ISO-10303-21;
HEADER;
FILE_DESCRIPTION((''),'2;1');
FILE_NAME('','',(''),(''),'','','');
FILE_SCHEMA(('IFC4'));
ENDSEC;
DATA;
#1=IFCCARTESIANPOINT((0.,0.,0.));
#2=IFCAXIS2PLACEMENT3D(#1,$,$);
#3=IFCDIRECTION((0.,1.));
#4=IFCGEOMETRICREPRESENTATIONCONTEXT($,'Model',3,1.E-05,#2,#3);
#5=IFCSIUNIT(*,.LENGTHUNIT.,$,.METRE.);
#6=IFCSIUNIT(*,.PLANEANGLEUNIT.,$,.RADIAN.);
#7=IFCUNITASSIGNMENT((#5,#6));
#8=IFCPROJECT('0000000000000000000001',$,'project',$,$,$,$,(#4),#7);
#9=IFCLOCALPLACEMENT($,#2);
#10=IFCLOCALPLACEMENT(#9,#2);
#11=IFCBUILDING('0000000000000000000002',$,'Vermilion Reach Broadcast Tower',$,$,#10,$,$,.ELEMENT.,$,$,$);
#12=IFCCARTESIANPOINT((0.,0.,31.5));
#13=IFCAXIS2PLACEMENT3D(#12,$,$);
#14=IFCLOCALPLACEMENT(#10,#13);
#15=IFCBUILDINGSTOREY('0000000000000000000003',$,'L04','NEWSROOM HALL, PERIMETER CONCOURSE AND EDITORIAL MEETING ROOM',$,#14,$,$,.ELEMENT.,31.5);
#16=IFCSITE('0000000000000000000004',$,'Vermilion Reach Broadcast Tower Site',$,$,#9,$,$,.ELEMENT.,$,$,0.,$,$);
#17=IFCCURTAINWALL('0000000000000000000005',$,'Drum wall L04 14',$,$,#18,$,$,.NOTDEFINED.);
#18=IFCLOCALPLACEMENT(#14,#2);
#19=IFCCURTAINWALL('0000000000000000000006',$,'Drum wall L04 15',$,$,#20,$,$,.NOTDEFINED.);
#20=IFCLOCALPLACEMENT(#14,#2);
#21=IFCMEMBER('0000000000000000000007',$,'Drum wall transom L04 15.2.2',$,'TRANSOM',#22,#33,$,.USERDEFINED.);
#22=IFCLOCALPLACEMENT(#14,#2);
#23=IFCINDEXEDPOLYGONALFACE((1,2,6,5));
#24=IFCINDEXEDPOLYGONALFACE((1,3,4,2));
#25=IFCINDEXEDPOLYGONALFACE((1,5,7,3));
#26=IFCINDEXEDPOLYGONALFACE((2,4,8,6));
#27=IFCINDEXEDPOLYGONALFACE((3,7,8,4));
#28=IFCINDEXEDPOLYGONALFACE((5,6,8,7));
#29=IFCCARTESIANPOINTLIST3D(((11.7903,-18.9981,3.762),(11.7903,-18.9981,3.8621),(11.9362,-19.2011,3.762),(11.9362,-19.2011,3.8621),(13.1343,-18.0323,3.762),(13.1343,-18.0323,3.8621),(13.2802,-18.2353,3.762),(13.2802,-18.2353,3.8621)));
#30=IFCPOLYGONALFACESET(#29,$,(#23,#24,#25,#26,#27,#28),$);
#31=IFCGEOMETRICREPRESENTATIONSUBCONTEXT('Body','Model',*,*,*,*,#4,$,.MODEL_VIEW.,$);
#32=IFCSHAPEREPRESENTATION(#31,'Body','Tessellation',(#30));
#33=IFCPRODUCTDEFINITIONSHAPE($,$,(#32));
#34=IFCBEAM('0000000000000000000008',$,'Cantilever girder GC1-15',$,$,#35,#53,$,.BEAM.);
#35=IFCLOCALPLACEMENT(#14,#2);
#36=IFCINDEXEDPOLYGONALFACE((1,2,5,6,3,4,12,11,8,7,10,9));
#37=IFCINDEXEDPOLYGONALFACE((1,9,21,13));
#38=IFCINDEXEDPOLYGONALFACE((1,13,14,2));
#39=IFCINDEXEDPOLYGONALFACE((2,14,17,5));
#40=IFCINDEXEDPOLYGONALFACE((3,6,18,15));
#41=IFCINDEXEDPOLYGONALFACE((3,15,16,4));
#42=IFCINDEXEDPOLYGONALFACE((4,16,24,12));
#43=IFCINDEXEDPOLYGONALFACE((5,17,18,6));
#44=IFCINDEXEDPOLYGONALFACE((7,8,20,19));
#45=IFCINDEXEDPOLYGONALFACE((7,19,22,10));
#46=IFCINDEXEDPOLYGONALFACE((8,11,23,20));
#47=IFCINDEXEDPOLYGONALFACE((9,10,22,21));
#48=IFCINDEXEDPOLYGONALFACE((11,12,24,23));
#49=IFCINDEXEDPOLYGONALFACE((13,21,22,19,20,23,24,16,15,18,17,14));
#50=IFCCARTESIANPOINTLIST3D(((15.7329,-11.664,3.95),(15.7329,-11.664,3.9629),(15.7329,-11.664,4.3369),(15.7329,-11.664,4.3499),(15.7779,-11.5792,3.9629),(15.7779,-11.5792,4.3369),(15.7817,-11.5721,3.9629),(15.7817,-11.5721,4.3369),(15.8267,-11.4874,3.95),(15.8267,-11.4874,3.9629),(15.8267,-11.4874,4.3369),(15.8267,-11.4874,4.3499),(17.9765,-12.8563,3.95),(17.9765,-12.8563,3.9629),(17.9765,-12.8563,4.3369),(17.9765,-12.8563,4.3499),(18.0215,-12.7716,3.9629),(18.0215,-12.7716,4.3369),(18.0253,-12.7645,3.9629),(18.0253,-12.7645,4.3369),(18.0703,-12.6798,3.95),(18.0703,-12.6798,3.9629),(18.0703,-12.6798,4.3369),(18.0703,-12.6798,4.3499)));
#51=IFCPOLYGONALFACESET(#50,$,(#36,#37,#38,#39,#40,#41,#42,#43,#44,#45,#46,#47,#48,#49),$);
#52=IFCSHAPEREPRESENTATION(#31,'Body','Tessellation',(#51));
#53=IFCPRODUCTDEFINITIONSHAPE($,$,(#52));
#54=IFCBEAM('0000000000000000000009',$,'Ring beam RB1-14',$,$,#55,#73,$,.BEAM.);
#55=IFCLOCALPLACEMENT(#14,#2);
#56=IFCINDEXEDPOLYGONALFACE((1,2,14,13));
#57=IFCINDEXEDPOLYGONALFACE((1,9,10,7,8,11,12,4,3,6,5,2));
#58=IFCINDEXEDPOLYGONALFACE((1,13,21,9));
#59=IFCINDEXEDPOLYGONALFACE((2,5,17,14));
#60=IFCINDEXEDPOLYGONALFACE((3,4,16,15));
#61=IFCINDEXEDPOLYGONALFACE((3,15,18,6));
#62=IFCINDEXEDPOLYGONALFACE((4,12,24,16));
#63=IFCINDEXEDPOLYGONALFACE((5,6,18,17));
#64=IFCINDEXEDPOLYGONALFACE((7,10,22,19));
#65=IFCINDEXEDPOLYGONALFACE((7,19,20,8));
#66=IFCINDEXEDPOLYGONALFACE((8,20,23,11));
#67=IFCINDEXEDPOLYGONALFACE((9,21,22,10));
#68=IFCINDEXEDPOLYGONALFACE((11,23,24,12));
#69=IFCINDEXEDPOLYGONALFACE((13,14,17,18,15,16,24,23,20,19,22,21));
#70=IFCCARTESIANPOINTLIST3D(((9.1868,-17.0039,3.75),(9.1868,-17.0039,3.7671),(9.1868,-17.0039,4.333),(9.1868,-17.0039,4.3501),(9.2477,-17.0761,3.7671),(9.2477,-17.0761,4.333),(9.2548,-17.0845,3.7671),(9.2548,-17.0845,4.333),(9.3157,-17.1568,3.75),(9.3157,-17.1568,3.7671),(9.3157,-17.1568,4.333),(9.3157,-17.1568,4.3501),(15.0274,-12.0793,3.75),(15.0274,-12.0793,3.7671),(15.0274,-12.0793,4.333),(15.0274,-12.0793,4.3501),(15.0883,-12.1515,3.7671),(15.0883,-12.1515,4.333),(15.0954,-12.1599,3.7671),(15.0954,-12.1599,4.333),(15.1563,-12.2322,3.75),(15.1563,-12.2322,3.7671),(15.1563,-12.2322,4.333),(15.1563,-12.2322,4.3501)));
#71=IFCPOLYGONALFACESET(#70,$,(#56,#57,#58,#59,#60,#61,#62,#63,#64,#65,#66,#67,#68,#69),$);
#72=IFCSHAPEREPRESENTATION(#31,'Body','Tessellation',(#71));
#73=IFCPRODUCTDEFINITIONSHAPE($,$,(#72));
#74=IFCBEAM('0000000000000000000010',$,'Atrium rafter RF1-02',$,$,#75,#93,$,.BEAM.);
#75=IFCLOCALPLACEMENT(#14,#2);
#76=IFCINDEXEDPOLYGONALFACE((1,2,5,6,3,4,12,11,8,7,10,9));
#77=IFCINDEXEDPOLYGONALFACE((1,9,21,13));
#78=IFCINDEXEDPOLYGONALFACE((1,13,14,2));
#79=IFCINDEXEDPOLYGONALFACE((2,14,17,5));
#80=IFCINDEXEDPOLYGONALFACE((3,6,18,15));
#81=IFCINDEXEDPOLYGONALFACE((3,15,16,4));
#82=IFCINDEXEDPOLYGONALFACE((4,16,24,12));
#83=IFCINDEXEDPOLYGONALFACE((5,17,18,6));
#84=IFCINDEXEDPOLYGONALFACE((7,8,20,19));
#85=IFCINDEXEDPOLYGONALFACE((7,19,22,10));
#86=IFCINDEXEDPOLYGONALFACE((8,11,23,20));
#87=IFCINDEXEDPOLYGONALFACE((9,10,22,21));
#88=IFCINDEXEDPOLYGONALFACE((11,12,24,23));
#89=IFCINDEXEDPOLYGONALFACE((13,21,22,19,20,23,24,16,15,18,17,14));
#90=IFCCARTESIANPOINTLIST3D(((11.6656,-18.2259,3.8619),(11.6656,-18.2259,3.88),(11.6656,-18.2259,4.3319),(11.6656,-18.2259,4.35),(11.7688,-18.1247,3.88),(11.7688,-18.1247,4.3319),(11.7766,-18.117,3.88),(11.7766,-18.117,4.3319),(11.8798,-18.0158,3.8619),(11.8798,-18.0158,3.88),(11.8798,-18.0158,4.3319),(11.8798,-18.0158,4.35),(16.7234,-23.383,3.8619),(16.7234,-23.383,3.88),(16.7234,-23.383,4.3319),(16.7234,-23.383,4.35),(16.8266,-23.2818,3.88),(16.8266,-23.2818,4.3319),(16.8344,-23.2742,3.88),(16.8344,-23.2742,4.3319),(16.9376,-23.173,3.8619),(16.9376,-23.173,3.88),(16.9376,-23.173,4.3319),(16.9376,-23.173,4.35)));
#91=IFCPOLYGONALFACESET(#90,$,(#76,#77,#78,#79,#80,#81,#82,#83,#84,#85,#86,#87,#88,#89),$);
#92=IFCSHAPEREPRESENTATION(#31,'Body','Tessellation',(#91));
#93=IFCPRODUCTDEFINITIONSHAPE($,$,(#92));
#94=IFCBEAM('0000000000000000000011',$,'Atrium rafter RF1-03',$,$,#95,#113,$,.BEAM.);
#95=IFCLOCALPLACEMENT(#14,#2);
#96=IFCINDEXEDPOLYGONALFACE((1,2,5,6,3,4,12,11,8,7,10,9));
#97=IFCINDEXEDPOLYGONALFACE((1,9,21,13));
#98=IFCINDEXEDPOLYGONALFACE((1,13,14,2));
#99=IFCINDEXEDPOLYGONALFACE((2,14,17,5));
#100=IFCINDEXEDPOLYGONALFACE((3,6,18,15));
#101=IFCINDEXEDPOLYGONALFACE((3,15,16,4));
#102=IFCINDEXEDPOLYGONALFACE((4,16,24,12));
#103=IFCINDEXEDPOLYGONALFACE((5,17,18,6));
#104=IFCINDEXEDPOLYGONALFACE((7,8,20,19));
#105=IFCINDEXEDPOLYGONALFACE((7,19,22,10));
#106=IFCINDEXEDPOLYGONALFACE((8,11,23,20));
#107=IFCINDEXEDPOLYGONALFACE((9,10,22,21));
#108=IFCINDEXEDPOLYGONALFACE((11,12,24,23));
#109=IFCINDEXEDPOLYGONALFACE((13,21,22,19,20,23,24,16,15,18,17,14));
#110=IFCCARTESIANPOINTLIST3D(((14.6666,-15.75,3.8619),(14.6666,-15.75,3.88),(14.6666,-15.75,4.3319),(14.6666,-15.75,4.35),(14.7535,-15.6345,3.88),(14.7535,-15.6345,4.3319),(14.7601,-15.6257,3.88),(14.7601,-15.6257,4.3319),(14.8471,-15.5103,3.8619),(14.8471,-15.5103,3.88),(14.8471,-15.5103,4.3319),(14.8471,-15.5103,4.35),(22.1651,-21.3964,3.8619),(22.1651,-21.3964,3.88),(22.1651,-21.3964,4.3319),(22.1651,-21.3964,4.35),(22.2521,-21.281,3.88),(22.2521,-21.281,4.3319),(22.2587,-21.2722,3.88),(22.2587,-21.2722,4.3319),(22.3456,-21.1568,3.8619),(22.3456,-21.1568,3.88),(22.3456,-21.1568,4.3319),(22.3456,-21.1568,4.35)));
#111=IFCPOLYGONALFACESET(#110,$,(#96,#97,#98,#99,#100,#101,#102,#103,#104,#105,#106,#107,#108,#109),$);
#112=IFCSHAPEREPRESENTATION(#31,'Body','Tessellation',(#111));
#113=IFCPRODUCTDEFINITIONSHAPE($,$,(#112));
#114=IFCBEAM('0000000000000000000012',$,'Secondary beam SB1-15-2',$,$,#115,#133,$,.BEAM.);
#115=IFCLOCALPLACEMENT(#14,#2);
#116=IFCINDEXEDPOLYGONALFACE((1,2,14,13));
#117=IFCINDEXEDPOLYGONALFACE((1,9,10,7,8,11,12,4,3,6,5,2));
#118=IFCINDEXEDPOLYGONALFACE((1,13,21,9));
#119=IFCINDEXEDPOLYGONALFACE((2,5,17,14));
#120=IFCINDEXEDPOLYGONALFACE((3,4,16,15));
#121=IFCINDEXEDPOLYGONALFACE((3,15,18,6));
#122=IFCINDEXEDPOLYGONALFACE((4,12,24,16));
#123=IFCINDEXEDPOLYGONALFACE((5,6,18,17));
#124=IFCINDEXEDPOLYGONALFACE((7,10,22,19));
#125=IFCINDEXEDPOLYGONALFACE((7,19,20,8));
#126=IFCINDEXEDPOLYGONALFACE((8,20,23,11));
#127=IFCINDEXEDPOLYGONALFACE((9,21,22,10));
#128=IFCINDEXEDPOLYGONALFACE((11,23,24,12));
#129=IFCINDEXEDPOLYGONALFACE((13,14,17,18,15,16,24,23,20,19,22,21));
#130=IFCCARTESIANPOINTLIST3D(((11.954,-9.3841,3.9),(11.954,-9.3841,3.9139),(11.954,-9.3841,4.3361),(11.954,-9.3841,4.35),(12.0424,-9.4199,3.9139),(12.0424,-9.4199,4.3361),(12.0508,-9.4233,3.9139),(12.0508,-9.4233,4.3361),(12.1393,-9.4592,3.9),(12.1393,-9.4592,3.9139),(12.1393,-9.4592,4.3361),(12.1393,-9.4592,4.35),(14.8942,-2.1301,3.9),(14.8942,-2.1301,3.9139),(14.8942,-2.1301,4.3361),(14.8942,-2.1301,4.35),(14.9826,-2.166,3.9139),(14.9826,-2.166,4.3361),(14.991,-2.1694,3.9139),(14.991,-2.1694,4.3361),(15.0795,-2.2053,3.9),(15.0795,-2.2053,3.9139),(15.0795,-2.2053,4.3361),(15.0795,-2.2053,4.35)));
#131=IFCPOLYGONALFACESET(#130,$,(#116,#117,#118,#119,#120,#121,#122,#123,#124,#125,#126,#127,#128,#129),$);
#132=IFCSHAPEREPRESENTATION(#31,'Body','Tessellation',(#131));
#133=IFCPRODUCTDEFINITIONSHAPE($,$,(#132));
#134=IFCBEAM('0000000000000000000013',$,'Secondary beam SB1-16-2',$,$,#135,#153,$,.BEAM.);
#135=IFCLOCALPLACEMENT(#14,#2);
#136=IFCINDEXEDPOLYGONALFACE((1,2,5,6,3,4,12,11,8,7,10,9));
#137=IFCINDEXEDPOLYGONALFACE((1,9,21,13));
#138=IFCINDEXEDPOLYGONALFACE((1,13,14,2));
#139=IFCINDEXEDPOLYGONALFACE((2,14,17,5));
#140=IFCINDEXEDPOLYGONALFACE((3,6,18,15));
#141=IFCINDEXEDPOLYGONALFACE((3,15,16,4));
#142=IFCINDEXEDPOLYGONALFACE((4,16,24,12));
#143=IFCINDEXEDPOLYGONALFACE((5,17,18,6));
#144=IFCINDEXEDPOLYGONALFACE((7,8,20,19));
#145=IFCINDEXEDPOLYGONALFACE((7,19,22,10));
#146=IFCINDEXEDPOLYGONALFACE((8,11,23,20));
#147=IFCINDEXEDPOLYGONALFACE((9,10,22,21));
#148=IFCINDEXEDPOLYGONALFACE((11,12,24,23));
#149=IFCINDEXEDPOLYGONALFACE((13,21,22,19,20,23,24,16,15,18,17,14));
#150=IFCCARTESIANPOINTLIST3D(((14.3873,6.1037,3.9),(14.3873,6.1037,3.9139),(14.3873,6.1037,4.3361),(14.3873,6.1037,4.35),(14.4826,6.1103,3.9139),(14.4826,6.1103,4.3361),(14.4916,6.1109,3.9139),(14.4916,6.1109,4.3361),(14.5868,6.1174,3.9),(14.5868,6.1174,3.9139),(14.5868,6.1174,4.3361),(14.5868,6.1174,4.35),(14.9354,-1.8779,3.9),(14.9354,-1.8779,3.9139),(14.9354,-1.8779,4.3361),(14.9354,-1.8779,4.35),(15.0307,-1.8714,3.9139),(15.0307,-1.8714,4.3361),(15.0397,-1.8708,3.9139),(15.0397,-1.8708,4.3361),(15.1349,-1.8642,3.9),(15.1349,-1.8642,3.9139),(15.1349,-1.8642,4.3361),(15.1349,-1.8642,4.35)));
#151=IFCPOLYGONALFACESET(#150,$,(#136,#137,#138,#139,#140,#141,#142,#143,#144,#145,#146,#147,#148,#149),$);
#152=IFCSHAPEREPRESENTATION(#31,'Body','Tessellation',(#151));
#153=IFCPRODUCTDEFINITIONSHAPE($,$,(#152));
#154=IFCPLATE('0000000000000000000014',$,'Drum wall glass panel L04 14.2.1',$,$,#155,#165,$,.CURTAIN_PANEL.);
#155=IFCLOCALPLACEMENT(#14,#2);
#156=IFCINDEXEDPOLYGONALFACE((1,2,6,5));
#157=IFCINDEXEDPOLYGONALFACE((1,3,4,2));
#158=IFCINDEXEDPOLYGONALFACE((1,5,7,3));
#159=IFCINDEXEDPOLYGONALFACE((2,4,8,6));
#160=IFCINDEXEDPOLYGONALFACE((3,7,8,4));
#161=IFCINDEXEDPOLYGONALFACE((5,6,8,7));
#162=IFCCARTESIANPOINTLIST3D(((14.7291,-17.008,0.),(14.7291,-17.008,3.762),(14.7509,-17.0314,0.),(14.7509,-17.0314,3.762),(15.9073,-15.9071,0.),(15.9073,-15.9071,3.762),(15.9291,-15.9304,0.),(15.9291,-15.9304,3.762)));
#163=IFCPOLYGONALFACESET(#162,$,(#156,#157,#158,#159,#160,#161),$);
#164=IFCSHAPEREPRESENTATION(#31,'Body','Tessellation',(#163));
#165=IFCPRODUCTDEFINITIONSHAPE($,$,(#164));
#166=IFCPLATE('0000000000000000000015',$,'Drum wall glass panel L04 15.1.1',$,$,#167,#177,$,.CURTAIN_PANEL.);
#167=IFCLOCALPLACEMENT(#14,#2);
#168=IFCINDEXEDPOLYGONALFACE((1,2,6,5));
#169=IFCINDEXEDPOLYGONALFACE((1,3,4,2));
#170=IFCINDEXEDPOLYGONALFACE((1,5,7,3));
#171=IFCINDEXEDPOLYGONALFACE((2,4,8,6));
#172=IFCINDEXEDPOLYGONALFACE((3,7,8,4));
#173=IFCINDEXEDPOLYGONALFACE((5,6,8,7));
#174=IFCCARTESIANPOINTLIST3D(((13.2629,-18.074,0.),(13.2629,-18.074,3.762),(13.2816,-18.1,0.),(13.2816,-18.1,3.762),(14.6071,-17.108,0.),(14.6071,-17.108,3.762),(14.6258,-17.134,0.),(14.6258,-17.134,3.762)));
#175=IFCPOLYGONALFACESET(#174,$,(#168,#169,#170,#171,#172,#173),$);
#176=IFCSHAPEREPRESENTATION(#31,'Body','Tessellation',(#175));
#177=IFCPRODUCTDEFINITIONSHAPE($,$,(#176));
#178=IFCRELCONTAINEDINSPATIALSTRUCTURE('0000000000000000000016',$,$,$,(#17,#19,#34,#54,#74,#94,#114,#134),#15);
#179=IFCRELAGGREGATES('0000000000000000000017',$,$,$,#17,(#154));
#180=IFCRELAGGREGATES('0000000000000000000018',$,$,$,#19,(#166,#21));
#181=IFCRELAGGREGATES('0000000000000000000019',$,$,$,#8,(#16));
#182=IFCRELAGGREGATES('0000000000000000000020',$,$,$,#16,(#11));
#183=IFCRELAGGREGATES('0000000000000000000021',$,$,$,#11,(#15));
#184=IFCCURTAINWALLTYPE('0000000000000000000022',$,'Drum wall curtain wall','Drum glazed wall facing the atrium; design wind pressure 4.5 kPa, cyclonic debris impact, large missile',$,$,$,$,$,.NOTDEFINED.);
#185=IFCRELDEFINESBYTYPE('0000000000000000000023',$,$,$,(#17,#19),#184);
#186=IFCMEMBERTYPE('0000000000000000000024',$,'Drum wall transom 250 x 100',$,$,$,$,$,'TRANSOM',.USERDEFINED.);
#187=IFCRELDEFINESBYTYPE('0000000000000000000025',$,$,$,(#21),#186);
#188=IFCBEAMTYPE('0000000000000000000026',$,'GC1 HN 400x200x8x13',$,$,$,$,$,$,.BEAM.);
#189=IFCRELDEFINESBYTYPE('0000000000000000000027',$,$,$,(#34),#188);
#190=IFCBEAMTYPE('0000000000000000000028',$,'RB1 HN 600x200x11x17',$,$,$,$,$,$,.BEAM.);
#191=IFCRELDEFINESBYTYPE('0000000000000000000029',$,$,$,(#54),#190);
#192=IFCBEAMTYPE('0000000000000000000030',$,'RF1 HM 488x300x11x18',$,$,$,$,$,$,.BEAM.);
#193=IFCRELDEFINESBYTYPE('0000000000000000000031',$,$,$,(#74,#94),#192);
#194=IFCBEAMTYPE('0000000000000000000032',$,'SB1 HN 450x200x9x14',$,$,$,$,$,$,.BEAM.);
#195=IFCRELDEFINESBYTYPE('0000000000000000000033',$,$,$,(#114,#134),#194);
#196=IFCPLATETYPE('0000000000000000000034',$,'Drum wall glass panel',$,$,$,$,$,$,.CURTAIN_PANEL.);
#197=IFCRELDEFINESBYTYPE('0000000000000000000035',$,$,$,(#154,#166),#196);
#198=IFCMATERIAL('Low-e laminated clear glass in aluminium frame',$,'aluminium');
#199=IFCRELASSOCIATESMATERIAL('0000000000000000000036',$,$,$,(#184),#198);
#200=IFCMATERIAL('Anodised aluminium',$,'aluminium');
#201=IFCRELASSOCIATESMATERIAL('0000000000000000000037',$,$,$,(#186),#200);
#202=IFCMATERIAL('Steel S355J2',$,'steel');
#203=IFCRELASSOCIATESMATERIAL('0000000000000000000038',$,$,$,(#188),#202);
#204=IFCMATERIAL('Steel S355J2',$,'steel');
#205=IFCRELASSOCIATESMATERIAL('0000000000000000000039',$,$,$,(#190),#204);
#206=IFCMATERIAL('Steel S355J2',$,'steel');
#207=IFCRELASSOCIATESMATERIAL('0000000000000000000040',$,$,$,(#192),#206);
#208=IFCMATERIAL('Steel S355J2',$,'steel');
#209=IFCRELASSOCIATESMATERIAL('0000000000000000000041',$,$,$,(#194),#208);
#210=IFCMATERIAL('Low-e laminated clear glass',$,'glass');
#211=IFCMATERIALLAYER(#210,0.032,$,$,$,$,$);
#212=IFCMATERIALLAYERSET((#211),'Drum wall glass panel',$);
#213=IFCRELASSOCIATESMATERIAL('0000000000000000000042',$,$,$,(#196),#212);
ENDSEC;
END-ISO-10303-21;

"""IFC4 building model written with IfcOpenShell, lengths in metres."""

from ifc_helpers import new_model, si_unit, direction, frame, origin, origin_2d, place, context, subcontext, project, spatial, rectangle, i_section, extrude, material, layer, layer_set, material_profile, profile_set, type_object, element, aggregate, save


model = new_model("IFC4")

# Units and contexts
model_context = context("Model", 3, precision=1e-05, world=origin(), true_north=direction((0.0, 1.0)))
body_context = subcontext(model_context, "Body", "Model", "MODEL_VIEW")
ifc_project = project(units=[si_unit("LENGTHUNIT", "METRE"), si_unit("PLANEANGLEUNIT", "RADIAN")], contexts=[model_context])

# Site, building, storey
site_placement = place(None, origin())
site = spatial("IfcSite", under=ifc_project, at=site_placement, Name="Vermilion Reach Broadcast Tower Site", CompositionType="ELEMENT", RefElevation=0.0)
building_placement = place(site_placement, origin())
building = spatial("IfcBuilding", under=site, at=building_placement, Name="Vermilion Reach Broadcast Tower", CompositionType="ELEMENT")
storey_placement = place(building_placement, frame((0.0, 0.0, 31.5)))
storey = spatial("IfcBuildingStorey", under=building, at=storey_placement, Name="L04", Description="NEWSROOM HALL, PERIMETER CONCOURSE AND EDITORIAL MEETING ROOM", CompositionType="ELEMENT", Elevation=31.5)

# Curtain walls
ifc_material_1 = material(Name="Low-e laminated clear glass in aluminium frame", Category="aluminium")
curtain_wall_type = type_object("IfcCurtainWallType", Name="Drum wall curtain wall", Description="Drum glazed wall facing the atrium; design wind pressure 4.5 kPa, cyclonic debris impact, large missile", PredefinedType="NOTDEFINED", material=ifc_material_1)
placement = place(storey_placement, origin())
curtain_wall_1 = element("IfcCurtainWall", 1, at=placement, inside=storey, type_object=curtain_wall_type, Name="Drum wall L04 14", PredefinedType="NOTDEFINED")
curtain_wall_2 = element("IfcCurtainWall", 2, at=placement, inside=storey, type_object=curtain_wall_type, Name="Drum wall L04 15", PredefinedType="NOTDEFINED")

# Member
ifc_material_2 = material(Name="Anodised aluminium", Category="aluminium")
ifc_material_profile_1 = material_profile(ifc_material_2, rectangle(XDim=0.25, YDim=0.1001, at=origin_2d()), Name="Drum wall transom 250 x 100")
ifc_profile_set_1 = profile_set([ifc_material_profile_1], Name="Anodised aluminium")
member_type_1 = type_object("IfcMemberType", Name="Drum wall transom 250 x 100", ElementType="TRANSOM", PredefinedType="USERDEFINED", material=ifc_profile_set_1)
member_1_placement = place(storey_placement, frame((13.2073, -18.1338, 3.812), z_axis=(-0.812066, -0.583566, 0.0), x_axis=(0.583566, -0.812066, 0.0)))
member_1 = element("IfcMember", 3, at=member_1_placement, type_object=member_type_1, Name="Drum wall transom L04 15.2.2", ObjectType="TRANSOM", PredefinedType="USERDEFINED", context=body_context, shape_type="SweptSolid", body=[
    extrude(rectangle(XDim=0.25, YDim=0.1001, at=origin_2d()), origin(), (0.0, 0.0, 1.0), 1.655),
])

# Beams
ifc_material_3 = material(Name="Steel S355J2", Category="steel")
ifc_material_profile_2 = material_profile(ifc_material_3, i_section(OverallWidth=0.2, OverallDepth=0.3999, WebThickness=0.0081, FlangeThickness=0.0129, at=origin_2d()), Name="S355J2 HN 400x200x8x13")
ifc_profile_set_2 = profile_set([ifc_material_profile_2], Name="Steel S355J2")
beam_type_1 = type_object("IfcBeamType", Name="GC1 HN 400x200x8x13", PredefinedType="BEAM", material=ifc_profile_set_2)
beam_1_placement = place(storey_placement, frame((15.7798, -11.5757, 4.1499), z_axis=(0.883044, -0.469291, 0.0), x_axis=(0.469291, 0.883044, 0.0)))
element("IfcBeam", 4, at=beam_1_placement, inside=storey, type_object=beam_type_1, Name="Cantilever girder GC1-15", PredefinedType="BEAM", context=body_context, shape_type="SweptSolid", body=[
    extrude(i_section(OverallWidth=0.2, OverallDepth=0.3999, WebThickness=0.0081, FlangeThickness=0.0129, at=origin_2d()), origin(), (0.0, 0.0, 1.0), 2.5408),
])
ifc_material_4 = material(Name="Steel S355J2", Category="steel")
ifc_material_profile_3 = material_profile(ifc_material_4, i_section(OverallWidth=0.2, OverallDepth=0.6001, WebThickness=0.011, FlangeThickness=0.0171, at=origin_2d()), Name="S355J2 HN 600x200x11x17")
ifc_profile_set_3 = profile_set([ifc_material_profile_3], Name="Steel S355J2")
beam_type_2 = type_object("IfcBeamType", Name="RB1 HN 600x200x11x17", PredefinedType="BEAM", material=ifc_profile_set_3)
beam_2_placement = place(storey_placement, frame((9.2512, -17.0803, 4.05), z_axis=(0.764512, 0.644609, 0.0), x_axis=(-0.644609, 0.764512, 0.0)))
element("IfcBeam", 5, at=beam_2_placement, inside=storey, type_object=beam_type_2, Name="Ring beam RB1-14", PredefinedType="BEAM", context=body_context, shape_type="SweptSolid", body=[
    extrude(i_section(OverallWidth=0.2, OverallDepth=0.6001, WebThickness=0.011, FlangeThickness=0.0171, at=origin_2d()), origin(), (0.0, 0.0, 1.0), 7.6396),
])
ifc_material_5 = material(Name="Steel S355J2", Category="steel")
ifc_material_profile_4 = material_profile(ifc_material_5, i_section(OverallWidth=0.3, OverallDepth=0.488, WebThickness=0.011, FlangeThickness=0.0181, at=origin_2d()), Name="S355J2 HM 488x300x11x18")
ifc_profile_set_4 = profile_set([ifc_material_profile_4], Name="Steel S355J2")
beam_type_3 = type_object("IfcBeamType", Name="RF1 HM 488x300x11x18", PredefinedType="BEAM", material=ifc_profile_set_4)
beam_3_placement = place(storey_placement, frame((11.7727, -18.1208, 4.106), z_axis=(0.700195, -0.713951, 0.0), x_axis=(0.713951, 0.700195, 0.0)))
element("IfcBeam", 6, at=beam_3_placement, inside=storey, type_object=beam_type_3, Name="Atrium rafter RF1-02", PredefinedType="BEAM", context=body_context, shape_type="SweptSolid", body=[
    extrude(i_section(OverallWidth=0.3, OverallDepth=0.488, WebThickness=0.011, FlangeThickness=0.0181, at=origin_2d()), origin(), (0.0, 0.0, 1.0), 7.2234),
])
beam_4_placement = place(storey_placement, frame((14.7568, -15.6301, 4.106), z_axis=(0.798844, -0.601539, 0.0), x_axis=(0.601539, 0.798844, 0.0)))
element("IfcBeam", 7, at=beam_4_placement, inside=storey, type_object=beam_type_3, Name="Atrium rafter RF1-03", PredefinedType="BEAM", context=body_context, shape_type="SweptSolid", body=[
    extrude(i_section(OverallWidth=0.3, OverallDepth=0.488, WebThickness=0.011, FlangeThickness=0.0181, at=origin_2d()), origin(), (0.0, 0.0, 1.0), 9.3867),
])
ifc_material_6 = material(Name="Steel S355J2", Category="steel")
ifc_material_profile_5 = material_profile(ifc_material_6, i_section(OverallWidth=0.2, OverallDepth=0.45, WebThickness=0.009, FlangeThickness=0.0139, at=origin_2d()), Name="S355J2 HN 450x200x9x14")
ifc_profile_set_5 = profile_set([ifc_material_profile_5], Name="Steel S355J2")
beam_type_4 = type_object("IfcBeamType", Name="SB1 HN 450x200x9x14", PredefinedType="BEAM", material=ifc_profile_set_5)
beam_5_placement = place(storey_placement, frame((12.0466, -9.4216, 4.125), z_axis=(0.375641, 0.926765, 0.0), x_axis=(-0.926765, 0.375641, 0.0)))
element("IfcBeam", 8, at=beam_5_placement, inside=storey, type_object=beam_type_4, Name="Secondary beam SB1-15-2", PredefinedType="BEAM", context=body_context, shape_type="SweptSolid", body=[
    extrude(i_section(OverallWidth=0.2, OverallDepth=0.45, WebThickness=0.009, FlangeThickness=0.0139, at=origin_2d()), origin(), (0.0, 0.0, 1.0), 7.8271),
])
beam_6_placement = place(storey_placement, frame((15.0352, -1.8711, 4.125), z_axis=(-0.068508, 0.997651, 0.0), x_axis=(-0.997651, -0.068508, 0.0)))
element("IfcBeam", 9, at=beam_6_placement, inside=storey, type_object=beam_type_4, Name="Secondary beam SB1-16-2", PredefinedType="BEAM", context=body_context, shape_type="SweptSolid", body=[
    extrude(i_section(OverallWidth=0.2, OverallDepth=0.45, WebThickness=0.009, FlangeThickness=0.0139, at=origin_2d()), origin(), (0.0, 0.0, 1.0), 8.0005),
])

# Plates
ifc_material_7 = material(Name="Low-e laminated clear glass", Category="glass")
ifc_layer_1 = layer(ifc_material_7, 0.032)
ifc_layer_set_1 = layer_set([ifc_layer_1], Name="Drum wall glass panel")
plate_type = type_object("IfcPlateType", Name="Drum wall glass panel", PredefinedType="CURTAIN_PANEL", material=ifc_layer_set_1)
plate_1_placement = place(storey_placement, frame((15.3291, -16.4692, 0.0), z_axis=(0.0, 0.0, 1.0), x_axis=(-0.730654, -0.682748, 0.0)))
plate_1 = element("IfcPlate", 10, at=plate_1_placement, type_object=plate_type, Name="Drum wall glass panel L04 14.2.1", PredefinedType="CURTAIN_PANEL", context=body_context, shape_type="SweptSolid", body=[
    extrude(rectangle(XDim=1.6125, YDim=0.032, at=origin_2d()), origin(), (0.0, 0.0, 1.0), 3.762),
])
aggregate(curtain_wall_1, [plate_1])
plate_2_placement = place(storey_placement, frame((13.9443, -17.604, 0.0), z_axis=(0.0, 0.0, 1.0), x_axis=(-0.812051, -0.583587, 0.0)))
plate_2 = element("IfcPlate", 11, at=plate_2_placement, type_object=plate_type, Name="Drum wall glass panel L04 15.1.1", PredefinedType="CURTAIN_PANEL", context=body_context, shape_type="SweptSolid", body=[
    extrude(rectangle(XDim=1.6553, YDim=0.032, at=origin_2d()), origin(), (0.0, 0.0, 1.0), 3.762),
])
aggregate(curtain_wall_2, [plate_2, member_1])

save(model, "model.ifc")
